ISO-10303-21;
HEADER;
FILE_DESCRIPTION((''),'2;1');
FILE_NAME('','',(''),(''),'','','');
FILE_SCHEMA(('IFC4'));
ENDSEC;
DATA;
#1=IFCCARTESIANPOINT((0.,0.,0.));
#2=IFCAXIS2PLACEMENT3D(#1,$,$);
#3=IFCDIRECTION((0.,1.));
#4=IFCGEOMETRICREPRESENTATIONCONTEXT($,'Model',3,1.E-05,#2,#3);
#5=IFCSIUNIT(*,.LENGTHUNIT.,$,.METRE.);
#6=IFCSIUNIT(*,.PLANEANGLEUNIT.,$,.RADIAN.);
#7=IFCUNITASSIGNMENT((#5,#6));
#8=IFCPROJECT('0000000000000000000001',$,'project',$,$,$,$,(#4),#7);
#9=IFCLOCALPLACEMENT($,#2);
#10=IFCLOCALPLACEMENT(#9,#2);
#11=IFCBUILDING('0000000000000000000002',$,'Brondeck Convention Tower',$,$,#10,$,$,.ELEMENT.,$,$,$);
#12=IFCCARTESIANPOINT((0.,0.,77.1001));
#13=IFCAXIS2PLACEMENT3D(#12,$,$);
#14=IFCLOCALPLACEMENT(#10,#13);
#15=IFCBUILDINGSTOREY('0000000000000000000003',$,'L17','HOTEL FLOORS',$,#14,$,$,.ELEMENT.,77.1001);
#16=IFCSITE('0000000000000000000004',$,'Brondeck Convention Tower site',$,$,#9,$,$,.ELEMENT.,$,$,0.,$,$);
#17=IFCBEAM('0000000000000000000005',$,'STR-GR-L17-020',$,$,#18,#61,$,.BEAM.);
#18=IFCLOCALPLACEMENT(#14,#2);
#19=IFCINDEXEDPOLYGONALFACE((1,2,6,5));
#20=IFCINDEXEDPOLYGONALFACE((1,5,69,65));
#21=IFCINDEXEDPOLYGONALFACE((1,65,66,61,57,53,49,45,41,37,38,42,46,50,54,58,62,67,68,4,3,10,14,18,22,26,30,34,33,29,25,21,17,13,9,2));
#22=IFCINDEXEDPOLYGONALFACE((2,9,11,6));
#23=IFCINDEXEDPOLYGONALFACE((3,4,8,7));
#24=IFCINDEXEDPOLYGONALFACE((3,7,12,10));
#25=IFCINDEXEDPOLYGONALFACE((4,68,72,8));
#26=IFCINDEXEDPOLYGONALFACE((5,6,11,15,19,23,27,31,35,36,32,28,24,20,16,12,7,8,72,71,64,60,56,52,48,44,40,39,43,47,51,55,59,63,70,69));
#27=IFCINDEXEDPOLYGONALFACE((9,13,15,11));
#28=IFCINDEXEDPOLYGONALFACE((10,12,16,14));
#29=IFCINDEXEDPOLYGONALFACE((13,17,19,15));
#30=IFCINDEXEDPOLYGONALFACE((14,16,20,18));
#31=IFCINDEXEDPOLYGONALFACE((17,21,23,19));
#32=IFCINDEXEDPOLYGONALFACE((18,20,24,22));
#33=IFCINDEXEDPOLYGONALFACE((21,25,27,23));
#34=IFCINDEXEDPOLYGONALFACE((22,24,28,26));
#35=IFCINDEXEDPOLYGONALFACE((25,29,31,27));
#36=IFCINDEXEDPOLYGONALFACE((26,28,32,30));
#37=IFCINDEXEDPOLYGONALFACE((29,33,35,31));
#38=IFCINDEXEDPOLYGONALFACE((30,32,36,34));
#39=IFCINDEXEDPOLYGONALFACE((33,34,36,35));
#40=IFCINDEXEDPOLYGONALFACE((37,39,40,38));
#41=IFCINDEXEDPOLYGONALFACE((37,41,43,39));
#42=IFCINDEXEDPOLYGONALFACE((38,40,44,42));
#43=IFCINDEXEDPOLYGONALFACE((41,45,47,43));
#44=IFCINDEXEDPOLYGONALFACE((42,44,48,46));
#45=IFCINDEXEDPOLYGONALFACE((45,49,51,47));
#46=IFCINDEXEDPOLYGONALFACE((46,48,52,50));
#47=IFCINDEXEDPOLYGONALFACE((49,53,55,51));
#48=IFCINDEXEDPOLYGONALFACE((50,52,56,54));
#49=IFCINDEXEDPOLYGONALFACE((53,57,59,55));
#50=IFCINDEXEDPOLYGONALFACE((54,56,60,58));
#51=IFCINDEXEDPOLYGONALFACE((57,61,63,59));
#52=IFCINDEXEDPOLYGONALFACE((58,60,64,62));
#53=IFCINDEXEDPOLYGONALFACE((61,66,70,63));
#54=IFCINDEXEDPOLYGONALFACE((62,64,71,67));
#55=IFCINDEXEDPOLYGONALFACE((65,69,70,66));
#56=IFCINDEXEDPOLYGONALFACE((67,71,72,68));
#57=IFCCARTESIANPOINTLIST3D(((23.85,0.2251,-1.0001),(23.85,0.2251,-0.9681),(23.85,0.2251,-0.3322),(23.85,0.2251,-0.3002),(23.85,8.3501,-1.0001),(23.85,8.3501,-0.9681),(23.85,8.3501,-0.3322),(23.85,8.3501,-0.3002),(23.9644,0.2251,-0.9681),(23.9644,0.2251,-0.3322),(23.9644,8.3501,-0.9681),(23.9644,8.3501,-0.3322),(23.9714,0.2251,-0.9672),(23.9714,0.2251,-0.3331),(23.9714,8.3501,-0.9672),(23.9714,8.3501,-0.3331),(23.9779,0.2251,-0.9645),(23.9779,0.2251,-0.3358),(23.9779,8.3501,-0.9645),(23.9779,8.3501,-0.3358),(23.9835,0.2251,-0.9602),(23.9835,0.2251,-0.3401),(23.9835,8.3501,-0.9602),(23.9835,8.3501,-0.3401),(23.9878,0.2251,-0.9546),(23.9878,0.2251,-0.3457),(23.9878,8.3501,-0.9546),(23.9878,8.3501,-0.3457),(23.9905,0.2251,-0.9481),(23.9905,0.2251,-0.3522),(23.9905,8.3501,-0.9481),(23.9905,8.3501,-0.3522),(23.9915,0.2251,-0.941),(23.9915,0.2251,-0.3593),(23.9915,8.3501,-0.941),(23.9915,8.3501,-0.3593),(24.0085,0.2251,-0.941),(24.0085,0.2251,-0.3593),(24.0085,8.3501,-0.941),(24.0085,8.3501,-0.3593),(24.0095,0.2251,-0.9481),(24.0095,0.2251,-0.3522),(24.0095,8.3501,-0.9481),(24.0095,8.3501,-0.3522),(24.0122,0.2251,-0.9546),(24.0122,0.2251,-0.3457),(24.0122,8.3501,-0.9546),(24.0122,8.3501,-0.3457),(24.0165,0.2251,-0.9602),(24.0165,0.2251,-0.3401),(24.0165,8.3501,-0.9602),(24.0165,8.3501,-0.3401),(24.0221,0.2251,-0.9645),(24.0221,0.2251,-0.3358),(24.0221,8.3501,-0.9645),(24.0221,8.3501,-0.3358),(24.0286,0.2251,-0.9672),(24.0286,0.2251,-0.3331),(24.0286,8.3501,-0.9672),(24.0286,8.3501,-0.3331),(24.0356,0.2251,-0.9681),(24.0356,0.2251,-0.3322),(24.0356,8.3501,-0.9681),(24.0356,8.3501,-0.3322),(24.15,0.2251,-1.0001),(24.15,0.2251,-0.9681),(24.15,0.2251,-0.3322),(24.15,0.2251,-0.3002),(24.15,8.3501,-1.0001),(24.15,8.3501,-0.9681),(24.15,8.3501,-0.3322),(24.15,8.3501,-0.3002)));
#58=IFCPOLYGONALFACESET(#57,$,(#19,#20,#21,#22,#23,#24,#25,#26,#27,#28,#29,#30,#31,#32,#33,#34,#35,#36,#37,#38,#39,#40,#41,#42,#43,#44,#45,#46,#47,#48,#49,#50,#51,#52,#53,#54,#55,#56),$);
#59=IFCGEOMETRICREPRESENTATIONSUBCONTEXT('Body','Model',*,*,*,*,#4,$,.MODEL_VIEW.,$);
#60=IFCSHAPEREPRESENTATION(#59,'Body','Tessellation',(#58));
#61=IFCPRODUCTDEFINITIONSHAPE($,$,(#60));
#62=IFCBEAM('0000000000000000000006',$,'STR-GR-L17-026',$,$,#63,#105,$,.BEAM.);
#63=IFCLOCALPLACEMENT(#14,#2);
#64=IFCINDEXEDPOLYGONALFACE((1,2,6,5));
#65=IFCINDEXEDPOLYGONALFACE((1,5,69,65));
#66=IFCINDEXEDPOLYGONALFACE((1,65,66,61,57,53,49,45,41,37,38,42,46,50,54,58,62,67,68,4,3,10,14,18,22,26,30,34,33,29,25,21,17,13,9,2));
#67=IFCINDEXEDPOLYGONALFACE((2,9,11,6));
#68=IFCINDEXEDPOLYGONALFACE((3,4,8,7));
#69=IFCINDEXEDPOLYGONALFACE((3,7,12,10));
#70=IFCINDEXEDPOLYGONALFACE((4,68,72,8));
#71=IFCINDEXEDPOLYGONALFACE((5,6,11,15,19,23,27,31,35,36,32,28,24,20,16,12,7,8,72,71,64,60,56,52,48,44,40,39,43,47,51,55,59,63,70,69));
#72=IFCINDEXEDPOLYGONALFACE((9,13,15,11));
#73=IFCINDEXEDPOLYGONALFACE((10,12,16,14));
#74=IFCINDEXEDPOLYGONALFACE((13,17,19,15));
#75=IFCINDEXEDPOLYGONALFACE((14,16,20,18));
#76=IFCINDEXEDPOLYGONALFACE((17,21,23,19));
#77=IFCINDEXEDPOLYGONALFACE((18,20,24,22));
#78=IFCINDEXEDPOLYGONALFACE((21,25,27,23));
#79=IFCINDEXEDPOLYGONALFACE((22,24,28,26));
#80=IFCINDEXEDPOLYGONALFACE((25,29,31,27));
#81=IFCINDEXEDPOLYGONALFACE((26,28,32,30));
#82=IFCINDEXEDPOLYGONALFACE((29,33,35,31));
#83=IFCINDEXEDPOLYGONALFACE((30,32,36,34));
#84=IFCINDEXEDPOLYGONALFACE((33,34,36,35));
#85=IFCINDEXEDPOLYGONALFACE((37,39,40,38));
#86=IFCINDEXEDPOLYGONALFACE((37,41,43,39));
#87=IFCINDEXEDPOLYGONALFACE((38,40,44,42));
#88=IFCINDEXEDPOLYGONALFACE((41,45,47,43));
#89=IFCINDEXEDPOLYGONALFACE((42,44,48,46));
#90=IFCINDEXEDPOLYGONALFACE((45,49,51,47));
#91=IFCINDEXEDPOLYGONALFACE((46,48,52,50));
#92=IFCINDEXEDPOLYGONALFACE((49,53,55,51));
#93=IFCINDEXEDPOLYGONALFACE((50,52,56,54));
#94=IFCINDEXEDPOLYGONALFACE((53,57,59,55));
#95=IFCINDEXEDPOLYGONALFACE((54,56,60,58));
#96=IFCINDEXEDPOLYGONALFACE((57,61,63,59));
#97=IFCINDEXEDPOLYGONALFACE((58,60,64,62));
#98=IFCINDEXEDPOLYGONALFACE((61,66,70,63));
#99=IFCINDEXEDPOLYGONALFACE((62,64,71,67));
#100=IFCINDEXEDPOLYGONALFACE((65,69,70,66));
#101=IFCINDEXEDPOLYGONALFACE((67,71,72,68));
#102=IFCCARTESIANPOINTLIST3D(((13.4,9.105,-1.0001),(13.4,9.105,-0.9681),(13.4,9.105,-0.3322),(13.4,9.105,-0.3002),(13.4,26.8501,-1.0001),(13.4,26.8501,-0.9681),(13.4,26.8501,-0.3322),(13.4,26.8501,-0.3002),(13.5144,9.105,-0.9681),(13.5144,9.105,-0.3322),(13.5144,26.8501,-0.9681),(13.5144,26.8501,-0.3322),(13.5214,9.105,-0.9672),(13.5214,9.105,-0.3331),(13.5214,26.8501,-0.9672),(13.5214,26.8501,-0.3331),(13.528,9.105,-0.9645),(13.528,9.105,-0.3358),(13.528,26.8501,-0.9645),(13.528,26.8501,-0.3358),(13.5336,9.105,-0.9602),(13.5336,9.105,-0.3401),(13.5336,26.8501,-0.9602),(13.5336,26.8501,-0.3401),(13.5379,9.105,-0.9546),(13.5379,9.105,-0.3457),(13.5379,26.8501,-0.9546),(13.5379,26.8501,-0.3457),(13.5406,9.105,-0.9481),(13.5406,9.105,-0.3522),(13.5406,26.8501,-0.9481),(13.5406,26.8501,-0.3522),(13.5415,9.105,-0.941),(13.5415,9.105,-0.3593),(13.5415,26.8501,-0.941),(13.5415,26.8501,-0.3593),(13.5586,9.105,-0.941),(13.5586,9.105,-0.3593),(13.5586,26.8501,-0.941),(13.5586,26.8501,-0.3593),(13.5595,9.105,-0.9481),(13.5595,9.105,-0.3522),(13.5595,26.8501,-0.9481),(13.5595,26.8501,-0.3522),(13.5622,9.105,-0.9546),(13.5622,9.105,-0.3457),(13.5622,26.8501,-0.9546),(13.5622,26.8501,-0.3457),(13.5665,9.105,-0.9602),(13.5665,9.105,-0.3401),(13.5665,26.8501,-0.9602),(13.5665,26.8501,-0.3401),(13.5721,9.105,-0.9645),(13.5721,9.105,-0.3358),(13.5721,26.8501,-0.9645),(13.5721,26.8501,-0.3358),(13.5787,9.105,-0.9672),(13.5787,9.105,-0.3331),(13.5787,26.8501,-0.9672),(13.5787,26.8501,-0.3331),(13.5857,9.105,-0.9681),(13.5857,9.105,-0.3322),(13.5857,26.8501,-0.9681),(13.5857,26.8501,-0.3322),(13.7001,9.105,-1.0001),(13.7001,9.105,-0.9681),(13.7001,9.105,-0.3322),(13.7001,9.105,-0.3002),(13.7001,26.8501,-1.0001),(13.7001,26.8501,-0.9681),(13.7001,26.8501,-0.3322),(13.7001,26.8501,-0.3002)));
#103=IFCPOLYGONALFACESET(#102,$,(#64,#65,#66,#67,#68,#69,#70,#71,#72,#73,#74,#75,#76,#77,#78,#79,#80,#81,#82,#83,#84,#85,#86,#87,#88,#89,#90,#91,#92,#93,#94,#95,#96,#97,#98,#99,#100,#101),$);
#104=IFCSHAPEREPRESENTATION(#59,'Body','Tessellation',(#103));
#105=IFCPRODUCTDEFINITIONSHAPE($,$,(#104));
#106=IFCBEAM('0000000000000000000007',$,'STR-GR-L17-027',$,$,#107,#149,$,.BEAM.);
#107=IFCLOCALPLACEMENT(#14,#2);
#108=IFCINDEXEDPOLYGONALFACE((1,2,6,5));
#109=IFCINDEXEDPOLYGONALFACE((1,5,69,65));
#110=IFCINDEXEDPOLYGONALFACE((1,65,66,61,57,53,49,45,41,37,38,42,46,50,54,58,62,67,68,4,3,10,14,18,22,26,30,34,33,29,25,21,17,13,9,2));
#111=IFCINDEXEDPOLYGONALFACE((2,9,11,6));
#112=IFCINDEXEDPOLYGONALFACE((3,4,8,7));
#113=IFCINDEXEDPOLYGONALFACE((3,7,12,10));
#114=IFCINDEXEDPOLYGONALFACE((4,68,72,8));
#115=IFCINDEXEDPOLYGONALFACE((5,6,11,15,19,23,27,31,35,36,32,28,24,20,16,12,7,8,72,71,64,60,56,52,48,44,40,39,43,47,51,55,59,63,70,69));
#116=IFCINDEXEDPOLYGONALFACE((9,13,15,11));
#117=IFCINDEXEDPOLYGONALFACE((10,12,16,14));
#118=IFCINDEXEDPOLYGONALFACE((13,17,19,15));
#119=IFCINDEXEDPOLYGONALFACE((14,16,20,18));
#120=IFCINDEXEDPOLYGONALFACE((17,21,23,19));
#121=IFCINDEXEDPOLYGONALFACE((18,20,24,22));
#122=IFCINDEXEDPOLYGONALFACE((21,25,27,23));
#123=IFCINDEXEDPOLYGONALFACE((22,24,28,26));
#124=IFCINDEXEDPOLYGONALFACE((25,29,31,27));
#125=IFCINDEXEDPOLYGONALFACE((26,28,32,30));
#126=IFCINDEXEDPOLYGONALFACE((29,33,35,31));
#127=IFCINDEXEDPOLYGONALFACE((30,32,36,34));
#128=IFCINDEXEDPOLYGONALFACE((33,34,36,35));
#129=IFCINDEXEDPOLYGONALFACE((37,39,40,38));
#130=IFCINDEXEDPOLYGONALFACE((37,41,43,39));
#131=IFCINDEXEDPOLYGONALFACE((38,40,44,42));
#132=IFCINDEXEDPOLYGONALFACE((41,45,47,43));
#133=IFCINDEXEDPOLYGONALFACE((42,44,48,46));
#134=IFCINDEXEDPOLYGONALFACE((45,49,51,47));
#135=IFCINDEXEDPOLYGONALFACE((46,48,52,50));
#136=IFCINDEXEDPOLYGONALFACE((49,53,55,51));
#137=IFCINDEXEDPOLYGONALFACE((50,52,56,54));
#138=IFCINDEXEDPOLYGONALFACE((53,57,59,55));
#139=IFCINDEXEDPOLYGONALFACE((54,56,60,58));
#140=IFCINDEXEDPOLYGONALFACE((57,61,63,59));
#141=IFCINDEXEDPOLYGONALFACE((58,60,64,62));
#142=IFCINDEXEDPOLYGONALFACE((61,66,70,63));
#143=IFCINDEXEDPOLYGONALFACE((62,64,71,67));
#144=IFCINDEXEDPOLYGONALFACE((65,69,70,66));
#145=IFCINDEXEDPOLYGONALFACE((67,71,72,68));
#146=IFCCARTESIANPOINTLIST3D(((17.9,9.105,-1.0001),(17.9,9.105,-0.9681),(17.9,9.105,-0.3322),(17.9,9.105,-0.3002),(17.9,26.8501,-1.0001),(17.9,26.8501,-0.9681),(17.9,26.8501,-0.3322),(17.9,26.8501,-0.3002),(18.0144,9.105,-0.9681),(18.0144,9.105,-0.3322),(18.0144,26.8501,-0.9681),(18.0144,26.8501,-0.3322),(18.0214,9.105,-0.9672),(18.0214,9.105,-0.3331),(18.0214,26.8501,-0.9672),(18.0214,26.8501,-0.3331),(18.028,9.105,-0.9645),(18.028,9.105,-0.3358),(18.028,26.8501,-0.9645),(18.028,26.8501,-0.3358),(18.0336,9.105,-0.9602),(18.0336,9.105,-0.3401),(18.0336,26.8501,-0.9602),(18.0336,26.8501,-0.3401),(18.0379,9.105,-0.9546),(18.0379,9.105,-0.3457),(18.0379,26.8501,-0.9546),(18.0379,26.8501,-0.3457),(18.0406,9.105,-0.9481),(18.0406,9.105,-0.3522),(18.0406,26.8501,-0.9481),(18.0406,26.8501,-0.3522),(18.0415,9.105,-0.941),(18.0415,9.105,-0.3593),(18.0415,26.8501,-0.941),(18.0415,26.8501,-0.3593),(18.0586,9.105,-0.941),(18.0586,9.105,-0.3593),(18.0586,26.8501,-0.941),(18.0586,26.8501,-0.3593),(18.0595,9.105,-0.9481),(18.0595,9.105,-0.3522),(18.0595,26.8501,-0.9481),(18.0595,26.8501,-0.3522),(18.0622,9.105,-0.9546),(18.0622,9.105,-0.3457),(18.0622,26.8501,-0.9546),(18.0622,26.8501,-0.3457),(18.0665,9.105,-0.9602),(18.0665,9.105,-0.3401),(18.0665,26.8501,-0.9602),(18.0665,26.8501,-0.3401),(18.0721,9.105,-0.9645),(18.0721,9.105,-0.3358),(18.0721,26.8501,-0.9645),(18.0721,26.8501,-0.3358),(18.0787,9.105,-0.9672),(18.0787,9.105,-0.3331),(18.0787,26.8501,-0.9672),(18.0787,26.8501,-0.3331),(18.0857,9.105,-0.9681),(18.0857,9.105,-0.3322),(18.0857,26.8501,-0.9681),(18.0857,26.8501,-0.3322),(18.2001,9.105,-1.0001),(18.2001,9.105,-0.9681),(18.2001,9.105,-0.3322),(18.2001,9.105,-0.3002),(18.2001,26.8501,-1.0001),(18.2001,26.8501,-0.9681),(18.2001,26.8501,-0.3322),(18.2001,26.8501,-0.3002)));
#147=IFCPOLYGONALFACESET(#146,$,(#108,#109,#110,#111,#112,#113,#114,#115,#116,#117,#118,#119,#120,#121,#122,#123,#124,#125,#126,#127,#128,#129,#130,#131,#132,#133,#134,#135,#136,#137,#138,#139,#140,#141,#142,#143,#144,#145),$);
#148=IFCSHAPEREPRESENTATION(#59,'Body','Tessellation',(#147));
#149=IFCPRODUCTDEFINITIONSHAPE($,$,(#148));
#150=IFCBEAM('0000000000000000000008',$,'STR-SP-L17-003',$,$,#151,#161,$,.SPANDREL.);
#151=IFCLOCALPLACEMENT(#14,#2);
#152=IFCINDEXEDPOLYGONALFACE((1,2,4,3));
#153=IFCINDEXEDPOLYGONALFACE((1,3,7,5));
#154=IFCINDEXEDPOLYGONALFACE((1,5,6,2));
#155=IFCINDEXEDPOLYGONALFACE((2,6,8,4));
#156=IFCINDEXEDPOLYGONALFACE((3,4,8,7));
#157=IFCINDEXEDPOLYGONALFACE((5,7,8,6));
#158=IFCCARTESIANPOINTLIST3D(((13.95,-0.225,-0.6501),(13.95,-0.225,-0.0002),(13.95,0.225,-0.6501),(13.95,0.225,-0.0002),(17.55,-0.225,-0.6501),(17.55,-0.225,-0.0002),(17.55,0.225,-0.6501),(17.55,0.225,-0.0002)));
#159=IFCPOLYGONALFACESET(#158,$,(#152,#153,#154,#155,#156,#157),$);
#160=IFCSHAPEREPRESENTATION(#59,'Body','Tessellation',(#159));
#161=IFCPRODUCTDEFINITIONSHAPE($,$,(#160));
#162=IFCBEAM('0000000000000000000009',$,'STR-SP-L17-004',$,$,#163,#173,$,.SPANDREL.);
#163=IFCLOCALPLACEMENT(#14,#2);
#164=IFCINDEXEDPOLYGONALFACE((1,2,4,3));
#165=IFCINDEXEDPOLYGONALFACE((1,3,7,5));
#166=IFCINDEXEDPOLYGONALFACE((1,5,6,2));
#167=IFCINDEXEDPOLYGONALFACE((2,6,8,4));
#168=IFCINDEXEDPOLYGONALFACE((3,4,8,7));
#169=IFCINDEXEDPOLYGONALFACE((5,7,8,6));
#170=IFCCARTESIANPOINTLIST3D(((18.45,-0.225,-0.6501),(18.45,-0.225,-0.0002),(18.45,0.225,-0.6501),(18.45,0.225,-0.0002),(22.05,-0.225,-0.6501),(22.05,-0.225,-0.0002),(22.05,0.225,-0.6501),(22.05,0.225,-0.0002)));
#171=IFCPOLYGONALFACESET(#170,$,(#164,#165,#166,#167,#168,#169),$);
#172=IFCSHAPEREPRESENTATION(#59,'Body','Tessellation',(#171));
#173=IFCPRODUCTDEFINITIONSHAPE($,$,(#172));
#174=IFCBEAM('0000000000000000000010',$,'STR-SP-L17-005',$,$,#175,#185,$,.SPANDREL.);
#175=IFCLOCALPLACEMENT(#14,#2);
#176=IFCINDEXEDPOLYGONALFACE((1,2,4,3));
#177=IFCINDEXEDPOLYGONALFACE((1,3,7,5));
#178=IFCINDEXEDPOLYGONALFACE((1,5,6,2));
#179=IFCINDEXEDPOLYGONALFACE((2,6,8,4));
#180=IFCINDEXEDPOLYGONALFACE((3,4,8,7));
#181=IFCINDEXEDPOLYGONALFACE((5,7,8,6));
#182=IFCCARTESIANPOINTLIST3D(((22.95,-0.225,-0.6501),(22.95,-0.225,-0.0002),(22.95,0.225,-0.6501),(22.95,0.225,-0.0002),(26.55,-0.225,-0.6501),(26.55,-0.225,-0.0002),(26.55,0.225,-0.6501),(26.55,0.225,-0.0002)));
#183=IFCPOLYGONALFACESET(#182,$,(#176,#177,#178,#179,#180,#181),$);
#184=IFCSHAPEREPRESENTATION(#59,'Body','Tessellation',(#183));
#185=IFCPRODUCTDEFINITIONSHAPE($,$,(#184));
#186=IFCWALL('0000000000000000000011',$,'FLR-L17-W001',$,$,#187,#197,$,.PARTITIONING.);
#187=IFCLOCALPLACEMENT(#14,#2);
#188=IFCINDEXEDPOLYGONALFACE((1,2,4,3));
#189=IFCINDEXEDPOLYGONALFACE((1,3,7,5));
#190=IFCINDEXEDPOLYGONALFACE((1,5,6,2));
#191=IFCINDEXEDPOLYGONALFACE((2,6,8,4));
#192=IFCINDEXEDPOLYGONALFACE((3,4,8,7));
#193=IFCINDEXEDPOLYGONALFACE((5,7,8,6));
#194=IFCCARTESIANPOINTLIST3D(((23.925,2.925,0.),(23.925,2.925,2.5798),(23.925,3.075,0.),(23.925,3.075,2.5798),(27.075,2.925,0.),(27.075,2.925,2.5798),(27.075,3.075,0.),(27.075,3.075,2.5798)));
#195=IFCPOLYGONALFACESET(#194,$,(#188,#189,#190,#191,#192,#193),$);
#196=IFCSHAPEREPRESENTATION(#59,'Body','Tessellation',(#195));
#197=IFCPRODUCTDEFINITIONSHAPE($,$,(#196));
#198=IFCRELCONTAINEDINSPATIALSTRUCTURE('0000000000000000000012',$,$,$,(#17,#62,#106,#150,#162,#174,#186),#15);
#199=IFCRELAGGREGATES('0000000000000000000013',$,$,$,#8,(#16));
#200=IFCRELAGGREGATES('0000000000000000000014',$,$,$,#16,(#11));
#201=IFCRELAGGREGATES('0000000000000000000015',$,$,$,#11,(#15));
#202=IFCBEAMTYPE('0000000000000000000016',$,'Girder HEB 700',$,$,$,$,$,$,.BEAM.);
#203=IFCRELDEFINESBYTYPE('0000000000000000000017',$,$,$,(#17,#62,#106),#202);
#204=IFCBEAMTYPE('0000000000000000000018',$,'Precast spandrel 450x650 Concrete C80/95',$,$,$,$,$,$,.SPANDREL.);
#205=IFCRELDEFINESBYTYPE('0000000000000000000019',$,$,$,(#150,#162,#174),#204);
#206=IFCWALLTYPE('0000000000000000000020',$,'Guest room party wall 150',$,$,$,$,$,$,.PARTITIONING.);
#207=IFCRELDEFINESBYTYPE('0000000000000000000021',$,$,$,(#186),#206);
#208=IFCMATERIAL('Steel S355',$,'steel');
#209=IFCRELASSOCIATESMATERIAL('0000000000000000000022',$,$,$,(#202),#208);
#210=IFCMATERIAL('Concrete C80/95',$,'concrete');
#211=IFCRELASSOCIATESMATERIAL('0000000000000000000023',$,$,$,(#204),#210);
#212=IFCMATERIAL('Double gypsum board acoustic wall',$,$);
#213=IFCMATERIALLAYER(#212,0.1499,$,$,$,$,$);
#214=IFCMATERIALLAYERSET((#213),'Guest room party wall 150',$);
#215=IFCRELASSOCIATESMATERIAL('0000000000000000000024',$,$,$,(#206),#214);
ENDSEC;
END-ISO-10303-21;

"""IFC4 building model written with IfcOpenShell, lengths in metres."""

from ifc_helpers import new_model, si_unit, direction, frame, frame_2d, origin, origin_2d, place, context, subcontext, project, spatial, rectangle, i_section, extrude, material, layer, layer_set, material_profile, profile_set, type_object, element, save


model = new_model("IFC4")

# Units and contexts
model_context = context("Model", 3, precision=1e-05, world=origin(), true_north=direction((0.0, 1.0)))
body_context = subcontext(model_context, "Body", "Model", "MODEL_VIEW")
ifc_project = project(units=[si_unit("LENGTHUNIT", "METRE"), si_unit("PLANEANGLEUNIT", "RADIAN")], contexts=[model_context])

# Site, building, storey
site_placement = place(None, origin())
site = spatial("IfcSite", under=ifc_project, at=site_placement, Name="Brondeck Convention Tower site", CompositionType="ELEMENT", RefElevation=0.0)
building_placement = place(site_placement, origin())
building = spatial("IfcBuilding", under=site, at=building_placement, Name="Brondeck Convention Tower", CompositionType="ELEMENT")
storey_placement = place(building_placement, frame((0.0, 0.0, 77.1001)))
storey = spatial("IfcBuildingStorey", under=building, at=storey_placement, Name="L17", Description="HOTEL FLOORS", CompositionType="ELEMENT", Elevation=77.1001)

# Shared definitions
ifc_material_1 = material(Name="Concrete C80/95", Category="concrete")

# Beams
ifc_material_2 = material(Name="Steel S355", Category="steel")
ifc_material_profile_1 = material_profile(ifc_material_2, i_section(OverallWidth=0.3, OverallDepth=0.7, WebThickness=0.0171, FlangeThickness=0.032, FilletRadius=0.0271, at=origin_2d()), Name="HEB 700")
ifc_profile_set_1 = profile_set([ifc_material_profile_1], Name="Steel S355")
beam_type_1 = type_object("IfcBeamType", Name="Girder HEB 700", PredefinedType="BEAM", material=ifc_profile_set_1)
beam_1_placement = place(storey_placement, frame((24.0, 8.3501, -0.6501), z_axis=(0.0, -1.0, 0.0), x_axis=(1.0, 0.0, 0.0)))
element("IfcBeam", 1, at=beam_1_placement, inside=storey, type_object=beam_type_1, Name="STR-GR-L17-020", PredefinedType="BEAM", context=body_context, shape_type="SweptSolid", body=[
    extrude(i_section(OverallWidth=0.3, OverallDepth=0.7, WebThickness=0.0171, FlangeThickness=0.032, FilletRadius=0.0271, at=origin_2d()), origin(), (0.0, 0.0, 1.0), 8.125),
])
for number, where, z_axis, x_axis, name in (
    (2, (13.55, 9.105, -0.6501), (0.0, 1.0, 0.0), (-1.0, 0.0, 0.0), "STR-GR-L17-026"),
    (3, (18.05, 9.105, -0.6501), (0.0, 1.0, 0.0), (-1.0, 0.0, 0.0), "STR-GR-L17-027"),
):
    element("IfcBeam", number, at=place(storey_placement, frame(where, z_axis=z_axis, x_axis=x_axis)), inside=storey, type_object=beam_type_1, Name=name, PredefinedType="BEAM", context=body_context, shape_type="SweptSolid", body=[
        extrude(i_section(OverallWidth=0.3, OverallDepth=0.7, WebThickness=0.0171, FlangeThickness=0.032, FilletRadius=0.0271, at=origin_2d()), origin(), (0.0, 0.0, 1.0), 17.7451),
    ])
ifc_material_profile_2 = material_profile(ifc_material_1, rectangle(XDim=0.45, YDim=0.6499, at=origin_2d()), Name="Precast spandrel 450x650 Concrete C80/95")
ifc_profile_set_2 = profile_set([ifc_material_profile_2], Name="Concrete C80/95")
beam_type_2 = type_object("IfcBeamType", Name="Precast spandrel 450x650 Concrete C80/95", PredefinedType="SPANDREL", material=ifc_profile_set_2)
for number, where, z_axis, x_axis, name in (
    (4, (13.95, 0.0, -0.3252), (1.0, 0.0, 0.0), (0.0, 1.0, 0.0), "STR-SP-L17-003"),
    (5, (18.45, 0.0, -0.3252), (1.0, 0.0, 0.0), (0.0, 1.0, 0.0), "STR-SP-L17-004"),
    (6, (22.95, 0.0, -0.3252), (1.0, 0.0, 0.0), (0.0, 1.0, 0.0), "STR-SP-L17-005"),
):
    element("IfcBeam", number, at=place(storey_placement, frame(where, z_axis=z_axis, x_axis=x_axis)), inside=storey, type_object=beam_type_2, Name=name, PredefinedType="SPANDREL", context=body_context, shape_type="SweptSolid", body=[
        extrude(rectangle(XDim=0.45, YDim=0.6499, at=origin_2d()), origin(), (0.0, 0.0, 1.0), 3.6001),
    ])

# Wall
ifc_material_3 = material(Name="Double gypsum board acoustic wall")
ifc_layer_1 = layer(ifc_material_3, 0.1499)
ifc_layer_set_1 = layer_set([ifc_layer_1], Name="Guest room party wall 150")
wall_type_1 = type_object("IfcWallType", Name="Guest room party wall 150", PredefinedType="PARTITIONING", material=ifc_layer_set_1)
wall_1_placement = place(storey_placement, frame((23.925, 3.0, 0.0), z_axis=(0.0, 0.0, 1.0), x_axis=(1.0, 0.0, 0.0)))
element("IfcWall", 7, at=wall_1_placement, inside=storey, type_object=wall_type_1, Name="FLR-L17-W001", PredefinedType="PARTITIONING", context=body_context, shape_type="SweptSolid", body=[
    extrude(rectangle(XDim=3.1499, YDim=0.1499, at=frame_2d((1.575, 0.0))), origin(), (0.0, 0.0, 1.0), 2.5798),
])

save(model, "model.ifc")
